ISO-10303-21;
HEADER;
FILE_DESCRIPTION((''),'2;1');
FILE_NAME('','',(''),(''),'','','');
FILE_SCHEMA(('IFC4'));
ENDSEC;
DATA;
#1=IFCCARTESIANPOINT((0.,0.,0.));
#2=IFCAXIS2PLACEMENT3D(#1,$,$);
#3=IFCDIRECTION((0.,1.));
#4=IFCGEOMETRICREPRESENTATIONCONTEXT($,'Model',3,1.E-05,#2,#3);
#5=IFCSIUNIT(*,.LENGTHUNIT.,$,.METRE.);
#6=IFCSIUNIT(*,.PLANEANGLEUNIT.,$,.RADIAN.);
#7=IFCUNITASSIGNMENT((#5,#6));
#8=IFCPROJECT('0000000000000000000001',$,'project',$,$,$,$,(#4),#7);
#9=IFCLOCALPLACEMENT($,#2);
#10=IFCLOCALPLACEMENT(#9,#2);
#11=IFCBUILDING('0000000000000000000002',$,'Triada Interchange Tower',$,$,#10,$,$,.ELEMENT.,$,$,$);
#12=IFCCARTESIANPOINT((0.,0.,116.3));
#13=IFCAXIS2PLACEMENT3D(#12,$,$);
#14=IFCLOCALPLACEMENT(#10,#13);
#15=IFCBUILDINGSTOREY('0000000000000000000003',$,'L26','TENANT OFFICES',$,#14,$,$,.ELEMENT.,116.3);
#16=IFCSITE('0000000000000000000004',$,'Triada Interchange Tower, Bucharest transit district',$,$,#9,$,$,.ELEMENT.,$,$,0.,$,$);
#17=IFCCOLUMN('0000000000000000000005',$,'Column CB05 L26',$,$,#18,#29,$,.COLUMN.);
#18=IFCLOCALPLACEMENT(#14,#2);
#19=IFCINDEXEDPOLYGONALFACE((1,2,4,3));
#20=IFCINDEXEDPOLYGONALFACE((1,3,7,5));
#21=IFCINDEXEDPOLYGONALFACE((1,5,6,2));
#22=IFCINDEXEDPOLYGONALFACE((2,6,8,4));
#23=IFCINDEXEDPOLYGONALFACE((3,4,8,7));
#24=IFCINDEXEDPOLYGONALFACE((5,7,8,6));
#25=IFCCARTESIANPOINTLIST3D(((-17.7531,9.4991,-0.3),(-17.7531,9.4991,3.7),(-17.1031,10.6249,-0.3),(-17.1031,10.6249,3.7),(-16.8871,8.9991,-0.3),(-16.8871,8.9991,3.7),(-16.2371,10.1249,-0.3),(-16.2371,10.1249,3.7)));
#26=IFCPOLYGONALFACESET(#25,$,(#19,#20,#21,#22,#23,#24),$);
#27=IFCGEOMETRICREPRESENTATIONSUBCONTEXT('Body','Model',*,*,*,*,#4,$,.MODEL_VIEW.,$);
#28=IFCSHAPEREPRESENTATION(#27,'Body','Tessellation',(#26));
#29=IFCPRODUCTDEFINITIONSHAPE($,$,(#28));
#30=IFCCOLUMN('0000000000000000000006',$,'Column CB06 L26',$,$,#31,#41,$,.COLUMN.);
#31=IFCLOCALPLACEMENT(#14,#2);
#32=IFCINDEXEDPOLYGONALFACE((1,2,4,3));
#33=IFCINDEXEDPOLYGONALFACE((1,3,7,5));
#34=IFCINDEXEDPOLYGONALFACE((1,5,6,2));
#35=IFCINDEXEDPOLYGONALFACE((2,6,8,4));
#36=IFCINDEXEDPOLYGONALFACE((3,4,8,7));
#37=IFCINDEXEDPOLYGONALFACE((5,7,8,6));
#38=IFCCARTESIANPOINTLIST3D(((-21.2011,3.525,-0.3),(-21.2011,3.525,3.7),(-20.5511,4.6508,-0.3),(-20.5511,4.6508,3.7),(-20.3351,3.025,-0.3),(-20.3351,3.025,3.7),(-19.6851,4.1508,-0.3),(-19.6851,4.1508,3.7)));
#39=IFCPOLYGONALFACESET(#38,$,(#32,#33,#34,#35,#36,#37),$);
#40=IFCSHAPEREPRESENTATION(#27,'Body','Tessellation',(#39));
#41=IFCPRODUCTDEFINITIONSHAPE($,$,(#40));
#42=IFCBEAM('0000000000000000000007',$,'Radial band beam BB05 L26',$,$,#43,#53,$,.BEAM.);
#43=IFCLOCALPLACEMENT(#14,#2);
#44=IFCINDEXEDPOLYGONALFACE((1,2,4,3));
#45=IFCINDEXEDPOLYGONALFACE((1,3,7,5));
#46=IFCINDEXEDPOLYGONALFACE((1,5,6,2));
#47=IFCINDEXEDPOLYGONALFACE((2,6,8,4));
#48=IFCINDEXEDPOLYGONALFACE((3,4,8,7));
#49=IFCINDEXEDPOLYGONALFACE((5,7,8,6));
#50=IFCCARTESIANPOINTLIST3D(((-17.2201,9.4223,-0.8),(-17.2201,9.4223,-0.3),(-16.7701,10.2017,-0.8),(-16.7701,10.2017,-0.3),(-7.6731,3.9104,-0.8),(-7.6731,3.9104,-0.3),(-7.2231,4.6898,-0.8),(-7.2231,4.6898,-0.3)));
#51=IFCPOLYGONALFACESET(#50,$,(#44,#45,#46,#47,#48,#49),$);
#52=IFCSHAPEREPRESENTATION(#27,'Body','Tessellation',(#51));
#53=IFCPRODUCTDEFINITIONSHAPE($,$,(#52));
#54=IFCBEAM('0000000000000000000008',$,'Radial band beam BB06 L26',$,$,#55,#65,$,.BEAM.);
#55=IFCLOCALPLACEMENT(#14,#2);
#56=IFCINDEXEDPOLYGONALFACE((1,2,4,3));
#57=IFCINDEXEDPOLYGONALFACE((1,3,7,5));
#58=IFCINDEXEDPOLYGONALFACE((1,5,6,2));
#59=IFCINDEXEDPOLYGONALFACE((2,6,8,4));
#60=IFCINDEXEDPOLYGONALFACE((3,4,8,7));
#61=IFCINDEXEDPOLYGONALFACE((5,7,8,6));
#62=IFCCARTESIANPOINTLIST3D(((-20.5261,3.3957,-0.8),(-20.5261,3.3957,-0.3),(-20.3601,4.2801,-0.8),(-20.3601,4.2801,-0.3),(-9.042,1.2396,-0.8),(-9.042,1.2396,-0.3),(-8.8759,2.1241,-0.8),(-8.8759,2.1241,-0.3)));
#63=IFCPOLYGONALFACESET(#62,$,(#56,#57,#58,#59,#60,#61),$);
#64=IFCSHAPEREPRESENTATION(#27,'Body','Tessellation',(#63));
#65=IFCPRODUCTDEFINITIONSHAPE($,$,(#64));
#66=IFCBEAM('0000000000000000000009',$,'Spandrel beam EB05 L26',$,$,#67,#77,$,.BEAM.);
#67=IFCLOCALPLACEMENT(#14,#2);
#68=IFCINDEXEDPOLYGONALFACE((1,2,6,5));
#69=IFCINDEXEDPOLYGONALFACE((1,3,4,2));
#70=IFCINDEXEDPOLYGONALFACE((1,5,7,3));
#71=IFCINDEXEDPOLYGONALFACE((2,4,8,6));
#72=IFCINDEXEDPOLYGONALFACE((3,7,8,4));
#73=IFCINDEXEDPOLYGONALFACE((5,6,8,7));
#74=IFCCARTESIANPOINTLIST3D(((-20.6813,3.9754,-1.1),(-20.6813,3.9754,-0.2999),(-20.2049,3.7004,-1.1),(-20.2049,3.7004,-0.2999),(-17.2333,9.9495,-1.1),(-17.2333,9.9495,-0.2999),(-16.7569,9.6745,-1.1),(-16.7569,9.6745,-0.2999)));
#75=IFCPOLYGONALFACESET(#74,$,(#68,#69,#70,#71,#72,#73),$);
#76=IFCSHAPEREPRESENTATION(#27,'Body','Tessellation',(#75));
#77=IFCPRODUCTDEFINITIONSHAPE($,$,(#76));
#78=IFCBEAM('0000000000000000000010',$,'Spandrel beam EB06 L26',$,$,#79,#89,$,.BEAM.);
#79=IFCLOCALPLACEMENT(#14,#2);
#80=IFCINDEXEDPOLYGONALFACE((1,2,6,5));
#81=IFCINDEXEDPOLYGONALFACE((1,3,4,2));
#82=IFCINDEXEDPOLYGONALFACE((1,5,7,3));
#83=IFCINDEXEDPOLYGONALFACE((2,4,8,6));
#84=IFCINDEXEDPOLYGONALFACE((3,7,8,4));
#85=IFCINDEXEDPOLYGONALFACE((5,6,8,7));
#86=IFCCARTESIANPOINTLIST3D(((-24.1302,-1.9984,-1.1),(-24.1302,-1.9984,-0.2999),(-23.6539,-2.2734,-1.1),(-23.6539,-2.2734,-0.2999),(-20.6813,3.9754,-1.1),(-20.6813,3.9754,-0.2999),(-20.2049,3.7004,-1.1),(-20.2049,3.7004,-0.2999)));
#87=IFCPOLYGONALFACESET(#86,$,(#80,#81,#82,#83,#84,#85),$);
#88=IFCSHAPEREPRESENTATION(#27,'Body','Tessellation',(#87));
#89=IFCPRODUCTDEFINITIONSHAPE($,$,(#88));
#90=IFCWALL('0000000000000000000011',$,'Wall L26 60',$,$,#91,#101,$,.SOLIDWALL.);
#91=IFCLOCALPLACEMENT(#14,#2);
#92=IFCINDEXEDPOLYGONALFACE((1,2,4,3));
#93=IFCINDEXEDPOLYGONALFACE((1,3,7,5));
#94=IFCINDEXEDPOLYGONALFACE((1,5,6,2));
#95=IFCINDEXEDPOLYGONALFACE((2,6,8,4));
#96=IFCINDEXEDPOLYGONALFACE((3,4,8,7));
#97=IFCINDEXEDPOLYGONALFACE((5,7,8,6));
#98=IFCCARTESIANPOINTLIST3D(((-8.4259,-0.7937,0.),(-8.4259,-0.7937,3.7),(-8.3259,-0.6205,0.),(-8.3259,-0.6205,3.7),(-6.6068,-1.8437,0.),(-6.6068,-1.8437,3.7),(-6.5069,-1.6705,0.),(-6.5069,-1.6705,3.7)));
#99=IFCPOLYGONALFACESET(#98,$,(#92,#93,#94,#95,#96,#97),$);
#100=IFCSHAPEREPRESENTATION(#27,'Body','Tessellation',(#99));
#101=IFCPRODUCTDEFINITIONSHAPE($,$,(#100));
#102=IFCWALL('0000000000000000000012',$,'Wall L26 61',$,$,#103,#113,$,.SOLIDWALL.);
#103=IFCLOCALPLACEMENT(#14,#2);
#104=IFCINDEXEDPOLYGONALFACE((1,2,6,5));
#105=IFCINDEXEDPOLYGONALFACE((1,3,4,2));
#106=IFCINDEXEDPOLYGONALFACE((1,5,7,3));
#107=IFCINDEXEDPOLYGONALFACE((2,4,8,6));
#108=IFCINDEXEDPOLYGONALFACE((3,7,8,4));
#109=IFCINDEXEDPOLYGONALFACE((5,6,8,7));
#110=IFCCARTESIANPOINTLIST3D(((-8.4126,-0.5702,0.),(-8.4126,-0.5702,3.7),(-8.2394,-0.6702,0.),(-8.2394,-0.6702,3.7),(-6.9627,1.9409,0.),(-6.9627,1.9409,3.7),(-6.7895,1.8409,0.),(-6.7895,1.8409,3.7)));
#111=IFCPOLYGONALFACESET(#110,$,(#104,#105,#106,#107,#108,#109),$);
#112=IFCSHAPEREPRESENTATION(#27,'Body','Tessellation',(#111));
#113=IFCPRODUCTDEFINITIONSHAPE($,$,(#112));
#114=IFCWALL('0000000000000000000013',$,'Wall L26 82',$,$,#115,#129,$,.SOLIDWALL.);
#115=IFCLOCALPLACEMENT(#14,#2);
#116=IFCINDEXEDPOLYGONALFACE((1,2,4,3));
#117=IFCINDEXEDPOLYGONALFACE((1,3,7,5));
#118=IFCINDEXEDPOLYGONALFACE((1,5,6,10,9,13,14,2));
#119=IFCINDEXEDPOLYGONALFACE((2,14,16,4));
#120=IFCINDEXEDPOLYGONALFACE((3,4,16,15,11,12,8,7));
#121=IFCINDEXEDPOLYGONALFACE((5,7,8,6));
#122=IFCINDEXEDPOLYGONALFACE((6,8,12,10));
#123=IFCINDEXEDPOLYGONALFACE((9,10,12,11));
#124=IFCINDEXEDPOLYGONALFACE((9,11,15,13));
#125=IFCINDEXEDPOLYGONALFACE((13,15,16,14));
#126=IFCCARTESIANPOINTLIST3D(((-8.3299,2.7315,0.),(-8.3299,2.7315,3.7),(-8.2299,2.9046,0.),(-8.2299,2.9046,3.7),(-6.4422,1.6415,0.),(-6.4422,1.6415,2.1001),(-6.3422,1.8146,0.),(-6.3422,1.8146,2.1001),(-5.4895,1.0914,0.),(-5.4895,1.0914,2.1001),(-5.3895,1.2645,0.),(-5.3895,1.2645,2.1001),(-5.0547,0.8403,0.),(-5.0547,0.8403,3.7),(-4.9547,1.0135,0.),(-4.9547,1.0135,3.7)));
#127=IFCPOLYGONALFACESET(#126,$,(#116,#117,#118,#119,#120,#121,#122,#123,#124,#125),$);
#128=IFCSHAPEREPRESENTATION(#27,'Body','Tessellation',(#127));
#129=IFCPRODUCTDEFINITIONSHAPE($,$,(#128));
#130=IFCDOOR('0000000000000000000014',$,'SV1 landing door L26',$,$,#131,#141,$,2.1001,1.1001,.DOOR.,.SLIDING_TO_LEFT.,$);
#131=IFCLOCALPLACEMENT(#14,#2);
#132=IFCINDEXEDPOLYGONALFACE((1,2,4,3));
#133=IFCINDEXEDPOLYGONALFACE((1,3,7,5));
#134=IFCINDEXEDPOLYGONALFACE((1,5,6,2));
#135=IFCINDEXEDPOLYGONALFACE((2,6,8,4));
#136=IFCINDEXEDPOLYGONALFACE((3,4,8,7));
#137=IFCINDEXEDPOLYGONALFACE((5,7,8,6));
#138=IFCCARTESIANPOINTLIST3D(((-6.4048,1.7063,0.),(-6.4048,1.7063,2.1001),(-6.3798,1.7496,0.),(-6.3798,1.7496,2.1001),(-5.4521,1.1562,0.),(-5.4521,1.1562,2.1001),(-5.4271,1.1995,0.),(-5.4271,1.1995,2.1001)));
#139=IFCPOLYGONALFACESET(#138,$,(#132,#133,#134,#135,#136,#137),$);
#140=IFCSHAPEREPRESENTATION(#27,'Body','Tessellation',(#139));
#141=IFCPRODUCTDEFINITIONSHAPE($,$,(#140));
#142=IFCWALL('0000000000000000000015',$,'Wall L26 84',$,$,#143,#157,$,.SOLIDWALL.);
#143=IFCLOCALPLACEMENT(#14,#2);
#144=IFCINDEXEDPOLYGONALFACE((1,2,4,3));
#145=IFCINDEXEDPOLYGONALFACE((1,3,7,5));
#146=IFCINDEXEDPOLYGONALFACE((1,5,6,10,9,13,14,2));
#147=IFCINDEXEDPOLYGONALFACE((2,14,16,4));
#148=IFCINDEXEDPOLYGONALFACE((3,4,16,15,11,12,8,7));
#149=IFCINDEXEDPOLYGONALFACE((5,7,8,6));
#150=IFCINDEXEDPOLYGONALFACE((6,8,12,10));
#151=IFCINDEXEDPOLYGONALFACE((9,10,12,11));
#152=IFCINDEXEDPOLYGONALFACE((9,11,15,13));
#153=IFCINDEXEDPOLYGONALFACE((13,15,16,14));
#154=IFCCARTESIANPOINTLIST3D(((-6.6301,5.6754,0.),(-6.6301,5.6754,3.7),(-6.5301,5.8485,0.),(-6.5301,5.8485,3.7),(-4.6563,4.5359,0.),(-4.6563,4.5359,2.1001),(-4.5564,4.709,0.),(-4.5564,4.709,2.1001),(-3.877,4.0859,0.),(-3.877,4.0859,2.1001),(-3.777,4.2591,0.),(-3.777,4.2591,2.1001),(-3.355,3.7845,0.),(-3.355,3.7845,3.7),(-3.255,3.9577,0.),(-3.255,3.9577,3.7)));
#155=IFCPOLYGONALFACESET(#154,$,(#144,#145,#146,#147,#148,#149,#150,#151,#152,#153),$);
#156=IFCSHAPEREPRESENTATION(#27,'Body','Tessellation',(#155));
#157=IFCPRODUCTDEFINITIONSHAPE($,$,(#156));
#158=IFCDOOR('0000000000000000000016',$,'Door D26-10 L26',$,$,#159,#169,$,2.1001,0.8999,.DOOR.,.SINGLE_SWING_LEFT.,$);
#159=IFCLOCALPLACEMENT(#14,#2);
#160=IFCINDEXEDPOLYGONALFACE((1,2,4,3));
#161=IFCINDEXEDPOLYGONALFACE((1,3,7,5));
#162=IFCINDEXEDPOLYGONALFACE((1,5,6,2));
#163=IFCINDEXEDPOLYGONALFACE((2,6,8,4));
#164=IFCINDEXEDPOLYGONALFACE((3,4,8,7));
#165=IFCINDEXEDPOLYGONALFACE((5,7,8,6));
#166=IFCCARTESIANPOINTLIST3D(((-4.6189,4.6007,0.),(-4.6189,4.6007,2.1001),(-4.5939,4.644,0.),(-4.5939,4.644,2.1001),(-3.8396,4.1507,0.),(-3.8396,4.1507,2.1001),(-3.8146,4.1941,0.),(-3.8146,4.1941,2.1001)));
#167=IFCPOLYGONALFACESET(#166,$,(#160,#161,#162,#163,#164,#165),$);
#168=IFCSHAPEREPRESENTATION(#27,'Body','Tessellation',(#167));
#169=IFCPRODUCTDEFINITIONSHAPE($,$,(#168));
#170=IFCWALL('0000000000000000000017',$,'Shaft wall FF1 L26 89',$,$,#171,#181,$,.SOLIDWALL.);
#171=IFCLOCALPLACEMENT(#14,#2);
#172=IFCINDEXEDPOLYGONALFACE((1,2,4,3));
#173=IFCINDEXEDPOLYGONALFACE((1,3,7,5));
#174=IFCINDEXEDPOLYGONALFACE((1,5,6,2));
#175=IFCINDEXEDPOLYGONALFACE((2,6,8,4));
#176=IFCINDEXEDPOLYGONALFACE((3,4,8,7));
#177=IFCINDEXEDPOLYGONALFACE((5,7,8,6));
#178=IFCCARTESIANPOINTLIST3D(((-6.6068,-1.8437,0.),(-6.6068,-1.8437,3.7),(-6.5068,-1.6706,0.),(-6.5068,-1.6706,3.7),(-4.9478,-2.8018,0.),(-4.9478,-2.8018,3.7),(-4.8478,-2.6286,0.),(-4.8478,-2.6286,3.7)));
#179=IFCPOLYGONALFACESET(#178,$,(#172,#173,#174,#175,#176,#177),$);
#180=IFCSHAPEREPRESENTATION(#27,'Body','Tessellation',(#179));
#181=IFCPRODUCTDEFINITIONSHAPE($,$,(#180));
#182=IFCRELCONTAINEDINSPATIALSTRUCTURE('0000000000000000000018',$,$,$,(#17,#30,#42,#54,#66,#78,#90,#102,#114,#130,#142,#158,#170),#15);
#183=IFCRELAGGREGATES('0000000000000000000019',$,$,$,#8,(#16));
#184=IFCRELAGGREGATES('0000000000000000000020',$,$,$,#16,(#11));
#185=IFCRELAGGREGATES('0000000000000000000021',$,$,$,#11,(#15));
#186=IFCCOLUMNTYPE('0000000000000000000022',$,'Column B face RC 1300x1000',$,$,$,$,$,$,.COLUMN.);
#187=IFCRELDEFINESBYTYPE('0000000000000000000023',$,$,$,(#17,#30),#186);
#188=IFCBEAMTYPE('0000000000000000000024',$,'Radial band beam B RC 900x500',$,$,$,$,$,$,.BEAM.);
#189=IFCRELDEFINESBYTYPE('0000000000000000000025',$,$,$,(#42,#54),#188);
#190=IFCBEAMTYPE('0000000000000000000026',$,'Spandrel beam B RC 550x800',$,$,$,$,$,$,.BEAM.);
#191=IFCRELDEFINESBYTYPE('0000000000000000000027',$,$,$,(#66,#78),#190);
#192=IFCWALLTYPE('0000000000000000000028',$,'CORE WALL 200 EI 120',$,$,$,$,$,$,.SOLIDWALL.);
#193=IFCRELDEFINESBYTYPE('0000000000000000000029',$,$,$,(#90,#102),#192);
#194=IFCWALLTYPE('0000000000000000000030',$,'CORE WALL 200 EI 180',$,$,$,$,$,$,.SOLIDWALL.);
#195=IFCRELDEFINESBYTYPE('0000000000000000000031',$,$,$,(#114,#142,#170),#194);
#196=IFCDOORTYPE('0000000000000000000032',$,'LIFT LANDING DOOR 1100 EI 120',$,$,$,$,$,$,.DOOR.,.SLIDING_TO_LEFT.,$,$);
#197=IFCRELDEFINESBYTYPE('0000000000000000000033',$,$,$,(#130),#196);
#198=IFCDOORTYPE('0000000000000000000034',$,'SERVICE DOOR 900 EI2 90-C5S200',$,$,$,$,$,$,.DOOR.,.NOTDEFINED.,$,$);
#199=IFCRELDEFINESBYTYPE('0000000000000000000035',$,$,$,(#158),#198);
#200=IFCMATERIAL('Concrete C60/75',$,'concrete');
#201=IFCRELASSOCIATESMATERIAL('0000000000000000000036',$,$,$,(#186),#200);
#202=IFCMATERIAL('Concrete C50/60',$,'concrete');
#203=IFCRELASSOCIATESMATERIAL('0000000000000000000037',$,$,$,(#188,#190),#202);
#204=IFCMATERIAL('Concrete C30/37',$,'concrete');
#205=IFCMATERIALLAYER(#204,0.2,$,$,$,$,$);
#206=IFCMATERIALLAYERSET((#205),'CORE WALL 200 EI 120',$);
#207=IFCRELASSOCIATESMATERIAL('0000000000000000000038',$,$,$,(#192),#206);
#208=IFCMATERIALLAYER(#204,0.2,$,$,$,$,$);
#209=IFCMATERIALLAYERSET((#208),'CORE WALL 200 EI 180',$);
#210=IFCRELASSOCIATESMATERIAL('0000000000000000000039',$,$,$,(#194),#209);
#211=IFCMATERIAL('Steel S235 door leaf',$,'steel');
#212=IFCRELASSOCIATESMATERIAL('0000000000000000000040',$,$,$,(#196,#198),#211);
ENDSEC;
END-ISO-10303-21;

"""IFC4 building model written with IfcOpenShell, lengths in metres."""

from ifc_helpers import new_model, si_unit, direction, frame, frame_2d, origin, origin_2d, place, context, subcontext, project, spatial, rectangle, extrude, material, layer, layer_set, material_profile, profile_set, type_object, element, fill, save


model = new_model("IFC4")

# Units and contexts
model_context = context("Model", 3, precision=1e-05, world=origin(), true_north=direction((0.0, 1.0)))
body_context = subcontext(model_context, "Body", "Model", "MODEL_VIEW")
ifc_project = project(units=[si_unit("LENGTHUNIT", "METRE"), si_unit("PLANEANGLEUNIT", "RADIAN")], contexts=[model_context])

# Site, building, storey
site_placement = place(None, origin())
site = spatial("IfcSite", under=ifc_project, at=site_placement, Name="Triada Interchange Tower, Bucharest transit district", CompositionType="ELEMENT", RefElevation=0.0)
building_placement = place(site_placement, origin())
building = spatial("IfcBuilding", under=site, at=building_placement, Name="Triada Interchange Tower", CompositionType="ELEMENT")
storey_placement = place(building_placement, frame((0.0, 0.0, 116.3)))
storey = spatial("IfcBuildingStorey", under=building, at=storey_placement, Name="L26", Description="TENANT OFFICES", CompositionType="ELEMENT", Elevation=116.3)

# Columns
ifc_material_1 = material(Name="Concrete C60/75", Category="concrete")
ifc_material_profile_1 = material_profile(ifc_material_1, rectangle(XDim=1.3, YDim=1.0, at=origin_2d()), Name="RC 1300x1000")
ifc_profile_set_1 = profile_set([ifc_material_profile_1], Name="Concrete C60/75")
column_type = type_object("IfcColumnType", Name="Column B face RC 1300x1000", PredefinedType="COLUMN", material=ifc_profile_set_1)
for number, where, z_axis, x_axis, name in (
    (1, (-16.9951, 9.812, -0.3), (0.0, 0.0, 1.0), (0.5, 0.866025, 0.0), "Column CB05 L26"),
    (2, (-20.4431, 3.8379, -0.3), (0.0, 0.0, 1.0), (0.5, 0.866025, 0.0), "Column CB06 L26"),
):
    element("IfcColumn", number, at=place(storey_placement, frame(where, z_axis=z_axis, x_axis=x_axis)), inside=storey, type_object=column_type, Name=name, PredefinedType="COLUMN", context=body_context, shape_type="SweptSolid", body=[
        extrude(rectangle(XDim=1.3, YDim=1.0, at=origin_2d()), origin(), (0.0, 0.0, 1.0), 4.0),
    ])

# Beams
ifc_material_2 = material(Name="Concrete C50/60", Category="concrete")
ifc_material_profile_2 = material_profile(ifc_material_2, rectangle(XDim=0.8999, YDim=0.5, at=origin_2d()), Name="RC 900x500")
ifc_profile_set_2 = profile_set([ifc_material_profile_2], Name="Concrete C50/60")
beam_type_1 = type_object("IfcBeamType", Name="Radial band beam B RC 900x500", PredefinedType="BEAM", material=ifc_profile_set_2)
beam_1_placement = place(storey_placement, frame((-16.9951, 9.812, -0.55), z_axis=(0.866028, -0.499995, 0.0), x_axis=(0.499995, 0.866028, 0.0)))
element("IfcBeam", 3, at=beam_1_placement, inside=storey, type_object=beam_type_1, Name="Radial band beam BB05 L26", PredefinedType="BEAM", context=body_context, shape_type="SweptSolid", body=[
    extrude(rectangle(XDim=0.8999, YDim=0.5, at=origin_2d()), origin(), (0.0, 0.0, 1.0), 11.0239),
])
beam_2_placement = place(storey_placement, frame((-20.4431, 3.8379, -0.55), z_axis=(0.98283, -0.184514, 0.0), x_axis=(0.184514, 0.98283, 0.0)))
element("IfcBeam", 4, at=beam_2_placement, inside=storey, type_object=beam_type_1, Name="Radial band beam BB06 L26", PredefinedType="BEAM", context=body_context, shape_type="SweptSolid", body=[
    extrude(rectangle(XDim=0.8999, YDim=0.5, at=origin_2d()), origin(), (0.0, 0.0, 1.0), 11.6848),
])
ifc_material_profile_3 = material_profile(ifc_material_2, rectangle(XDim=0.55, YDim=0.8, at=origin_2d()), Name="RC 550x800")
ifc_profile_set_3 = profile_set([ifc_material_profile_3], Name="Concrete C50/60")
beam_type_2 = type_object("IfcBeamType", Name="Spandrel beam B RC 550x800", PredefinedType="BEAM", material=ifc_profile_set_3)
beam_3_placement = place(storey_placement, frame((-16.9951, 9.812, -0.7), z_axis=(-0.499874, -0.866098, 0.0), x_axis=(0.866098, -0.499874, 0.0)))
element("IfcBeam", 5, at=beam_3_placement, inside=storey, type_object=beam_type_2, Name="Spandrel beam EB05 L26", PredefinedType="BEAM", context=body_context, shape_type="SweptSolid", body=[
    extrude(rectangle(XDim=0.55, YDim=0.8, at=origin_2d()), origin(), (0.0, 0.0, 1.0), 6.8977),
])
beam_4_placement = place(storey_placement, frame((-20.4431, 3.8379, -0.7), z_axis=(-0.499995, -0.866028, 0.0), x_axis=(0.866028, -0.499995, 0.0)))
element("IfcBeam", 6, at=beam_4_placement, inside=storey, type_object=beam_type_2, Name="Spandrel beam EB06 L26", PredefinedType="BEAM", context=body_context, shape_type="SweptSolid", body=[
    extrude(rectangle(XDim=0.55, YDim=0.8, at=origin_2d()), origin(), (0.0, 0.0, 1.0), 6.8979),
])

# Walls
ifc_material_3 = material(Name="Concrete C30/37", Category="concrete")
ifc_layer_1 = layer(ifc_material_3, 0.2)
ifc_layer_set_1 = layer_set([ifc_layer_1], Name="CORE WALL 200 EI 120")
wall_type_1 = type_object("IfcWallType", Name="CORE WALL 200 EI 120", PredefinedType="SOLIDWALL", material=ifc_layer_set_1)
wall_1_placement = place(storey_placement, frame((-8.376, -0.707, 0.0), z_axis=(0.0, 0.0, 1.0), x_axis=(0.866068, -0.499927, 0.0)))
element("IfcWall", 7, at=wall_1_placement, inside=storey, type_object=wall_type_1, Name="Wall L26 60", PredefinedType="SOLIDWALL", context=body_context, shape_type="SweptSolid", body=[
    extrude(rectangle(XDim=2.1003, YDim=0.2, at=frame_2d((1.0503, 0.0))), origin(), (0.0, 0.0, 1.0), 3.7),
])
wall_2_placement = place(storey_placement, frame((-8.3259, -0.6201, 0.0), z_axis=(0.0, 0.0, 1.0), x_axis=(0.500024, 0.866012, 0.0)))
element("IfcWall", 8, at=wall_2_placement, inside=storey, type_object=wall_type_1, Name="Wall L26 61", PredefinedType="SOLIDWALL", context=body_context, shape_type="SweptSolid", body=[
    extrude(rectangle(XDim=2.8997, YDim=0.2, at=frame_2d((1.4497, 0.0))), origin(), (0.0, 0.0, 1.0), 3.7),
])

# Walls, openings, doors
ifc_layer_2 = layer(ifc_material_3, 0.2)
ifc_layer_set_2 = layer_set([ifc_layer_2], Name="CORE WALL 200 EI 180")
wall_type_2 = type_object("IfcWallType", Name="CORE WALL 200 EI 180", PredefinedType="SOLIDWALL", material=ifc_layer_set_2)
wall_3_placement = place(storey_placement, frame((-8.28, 2.8181, 0.0), z_axis=(0.0, 0.0, 1.0), x_axis=(0.866002, -0.500041, 0.0)))
wall_3 = element("IfcWall", 9, at=wall_3_placement, inside=storey, type_object=wall_type_2, Name="Wall L26 82", PredefinedType="SOLIDWALL", context=body_context, shape_type="SweptSolid", body=[
    extrude(rectangle(XDim=3.782, YDim=0.2, at=frame_2d((1.8911, 0.0))), origin(), (0.0, 0.0, 1.0), 3.7),
])
opening_1_placement = place(wall_3_placement, frame((2.1799, 0.0, 0.0)))
opening_1 = element("IfcOpeningElement", 10, at=opening_1_placement, cuts=wall_3, PredefinedType="OPENING", context=body_context, shape_type="SweptSolid", body=[
    extrude(rectangle(XDim=1.1001, YDim=2.1001, at=frame_2d((0.55, 1.05))), frame((0.0, 0.1099, 0.0), z_axis=(0.0, -1.0, 0.0), x_axis=(1.0, 0.0, 0.0)), (0.0, 0.0, 1.0), 0.22),
])
ifc_material_4 = material(Name="Steel S235 door leaf", Category="steel")
door_type_1 = type_object("IfcDoorType", Name="LIFT LANDING DOOR 1100 EI 120", OperationType="SLIDING_TO_LEFT", PredefinedType="DOOR", material=ifc_material_4)
door_1_placement = place(opening_1_placement, origin())
door_1 = element("IfcDoor", 11, at=door_1_placement, inside=storey, type_object=door_type_1, Name="SV1 landing door L26", OperationType="SLIDING_TO_LEFT", OverallHeight=2.1001, OverallWidth=1.1001, PredefinedType="DOOR", context=body_context, shape_type="SweptSolid", body=[
    extrude(rectangle(XDim=1.1001, YDim=2.1001, at=frame_2d((0.55, 1.05))), frame((0.0, 0.0249, 0.0), z_axis=(0.0, -1.0, 0.0), x_axis=(1.0, 0.0, 0.0)), (0.0, 0.0, 1.0), 0.05),
])
fill(opening_1, door_1)
wall_4_placement = place(storey_placement, frame((-6.5801, 5.762, 0.0), z_axis=(0.0, 0.0, 1.0), x_axis=(0.86603, -0.499993, 0.0)))
wall_4 = element("IfcWall", 12, at=wall_4_placement, inside=storey, type_object=wall_type_2, Name="Wall L26 84", PredefinedType="SOLIDWALL", context=body_context, shape_type="SweptSolid", body=[
    extrude(rectangle(XDim=3.7817, YDim=0.2, at=frame_2d((1.8909, 0.0))), origin(), (0.0, 0.0, 1.0), 3.7),
])
opening_2_placement = place(wall_4_placement, frame((2.2791, 0.0, 0.0)))
opening_2 = element("IfcOpeningElement", 13, at=opening_2_placement, cuts=wall_4, PredefinedType="OPENING", context=body_context, shape_type="SweptSolid", body=[
    extrude(rectangle(XDim=0.8999, YDim=2.1001, at=frame_2d((0.45, 1.05))), frame((0.0, 0.1099, 0.0), z_axis=(0.0, -1.0, 0.0), x_axis=(1.0, 0.0, 0.0)), (0.0, 0.0, 1.0), 0.22),
])
door_type_2 = type_object("IfcDoorType", Name="SERVICE DOOR 900 EI2 90-C5S200", OperationType="NOTDEFINED", PredefinedType="DOOR", material=ifc_material_4)
door_2_placement = place(opening_2_placement, origin())
door_2 = element("IfcDoor", 14, at=door_2_placement, inside=storey, type_object=door_type_2, Name="Door D26-10 L26", OperationType="SINGLE_SWING_LEFT", OverallHeight=2.1001, OverallWidth=0.8999, PredefinedType="DOOR", context=body_context, shape_type="SweptSolid", body=[
    extrude(rectangle(XDim=0.8999, YDim=2.1001, at=frame_2d((0.45, 1.05))), frame((0.0, 0.0249, 0.0), z_axis=(0.0, -1.0, 0.0), x_axis=(1.0, 0.0, 0.0)), (0.0, 0.0, 1.0), 0.05),
])
fill(opening_2, door_2)

# Wall
wall_5_placement = place(storey_placement, frame((-6.5569, -1.7571, 0.0), z_axis=(0.0, 0.0, 1.0), x_axis=(0.865975, -0.500086, 0.0)))
element("IfcWall", 15, at=wall_5_placement, inside=storey, type_object=wall_type_2, Name="Shaft wall FF1 L26 89", PredefinedType="SOLIDWALL", context=body_context, shape_type="SweptSolid", body=[
    extrude(rectangle(XDim=1.9158, YDim=0.2, at=frame_2d((0.958, 0.0))), origin(), (0.0, 0.0, 1.0), 3.7),
])

save(model, "model.ifc")
